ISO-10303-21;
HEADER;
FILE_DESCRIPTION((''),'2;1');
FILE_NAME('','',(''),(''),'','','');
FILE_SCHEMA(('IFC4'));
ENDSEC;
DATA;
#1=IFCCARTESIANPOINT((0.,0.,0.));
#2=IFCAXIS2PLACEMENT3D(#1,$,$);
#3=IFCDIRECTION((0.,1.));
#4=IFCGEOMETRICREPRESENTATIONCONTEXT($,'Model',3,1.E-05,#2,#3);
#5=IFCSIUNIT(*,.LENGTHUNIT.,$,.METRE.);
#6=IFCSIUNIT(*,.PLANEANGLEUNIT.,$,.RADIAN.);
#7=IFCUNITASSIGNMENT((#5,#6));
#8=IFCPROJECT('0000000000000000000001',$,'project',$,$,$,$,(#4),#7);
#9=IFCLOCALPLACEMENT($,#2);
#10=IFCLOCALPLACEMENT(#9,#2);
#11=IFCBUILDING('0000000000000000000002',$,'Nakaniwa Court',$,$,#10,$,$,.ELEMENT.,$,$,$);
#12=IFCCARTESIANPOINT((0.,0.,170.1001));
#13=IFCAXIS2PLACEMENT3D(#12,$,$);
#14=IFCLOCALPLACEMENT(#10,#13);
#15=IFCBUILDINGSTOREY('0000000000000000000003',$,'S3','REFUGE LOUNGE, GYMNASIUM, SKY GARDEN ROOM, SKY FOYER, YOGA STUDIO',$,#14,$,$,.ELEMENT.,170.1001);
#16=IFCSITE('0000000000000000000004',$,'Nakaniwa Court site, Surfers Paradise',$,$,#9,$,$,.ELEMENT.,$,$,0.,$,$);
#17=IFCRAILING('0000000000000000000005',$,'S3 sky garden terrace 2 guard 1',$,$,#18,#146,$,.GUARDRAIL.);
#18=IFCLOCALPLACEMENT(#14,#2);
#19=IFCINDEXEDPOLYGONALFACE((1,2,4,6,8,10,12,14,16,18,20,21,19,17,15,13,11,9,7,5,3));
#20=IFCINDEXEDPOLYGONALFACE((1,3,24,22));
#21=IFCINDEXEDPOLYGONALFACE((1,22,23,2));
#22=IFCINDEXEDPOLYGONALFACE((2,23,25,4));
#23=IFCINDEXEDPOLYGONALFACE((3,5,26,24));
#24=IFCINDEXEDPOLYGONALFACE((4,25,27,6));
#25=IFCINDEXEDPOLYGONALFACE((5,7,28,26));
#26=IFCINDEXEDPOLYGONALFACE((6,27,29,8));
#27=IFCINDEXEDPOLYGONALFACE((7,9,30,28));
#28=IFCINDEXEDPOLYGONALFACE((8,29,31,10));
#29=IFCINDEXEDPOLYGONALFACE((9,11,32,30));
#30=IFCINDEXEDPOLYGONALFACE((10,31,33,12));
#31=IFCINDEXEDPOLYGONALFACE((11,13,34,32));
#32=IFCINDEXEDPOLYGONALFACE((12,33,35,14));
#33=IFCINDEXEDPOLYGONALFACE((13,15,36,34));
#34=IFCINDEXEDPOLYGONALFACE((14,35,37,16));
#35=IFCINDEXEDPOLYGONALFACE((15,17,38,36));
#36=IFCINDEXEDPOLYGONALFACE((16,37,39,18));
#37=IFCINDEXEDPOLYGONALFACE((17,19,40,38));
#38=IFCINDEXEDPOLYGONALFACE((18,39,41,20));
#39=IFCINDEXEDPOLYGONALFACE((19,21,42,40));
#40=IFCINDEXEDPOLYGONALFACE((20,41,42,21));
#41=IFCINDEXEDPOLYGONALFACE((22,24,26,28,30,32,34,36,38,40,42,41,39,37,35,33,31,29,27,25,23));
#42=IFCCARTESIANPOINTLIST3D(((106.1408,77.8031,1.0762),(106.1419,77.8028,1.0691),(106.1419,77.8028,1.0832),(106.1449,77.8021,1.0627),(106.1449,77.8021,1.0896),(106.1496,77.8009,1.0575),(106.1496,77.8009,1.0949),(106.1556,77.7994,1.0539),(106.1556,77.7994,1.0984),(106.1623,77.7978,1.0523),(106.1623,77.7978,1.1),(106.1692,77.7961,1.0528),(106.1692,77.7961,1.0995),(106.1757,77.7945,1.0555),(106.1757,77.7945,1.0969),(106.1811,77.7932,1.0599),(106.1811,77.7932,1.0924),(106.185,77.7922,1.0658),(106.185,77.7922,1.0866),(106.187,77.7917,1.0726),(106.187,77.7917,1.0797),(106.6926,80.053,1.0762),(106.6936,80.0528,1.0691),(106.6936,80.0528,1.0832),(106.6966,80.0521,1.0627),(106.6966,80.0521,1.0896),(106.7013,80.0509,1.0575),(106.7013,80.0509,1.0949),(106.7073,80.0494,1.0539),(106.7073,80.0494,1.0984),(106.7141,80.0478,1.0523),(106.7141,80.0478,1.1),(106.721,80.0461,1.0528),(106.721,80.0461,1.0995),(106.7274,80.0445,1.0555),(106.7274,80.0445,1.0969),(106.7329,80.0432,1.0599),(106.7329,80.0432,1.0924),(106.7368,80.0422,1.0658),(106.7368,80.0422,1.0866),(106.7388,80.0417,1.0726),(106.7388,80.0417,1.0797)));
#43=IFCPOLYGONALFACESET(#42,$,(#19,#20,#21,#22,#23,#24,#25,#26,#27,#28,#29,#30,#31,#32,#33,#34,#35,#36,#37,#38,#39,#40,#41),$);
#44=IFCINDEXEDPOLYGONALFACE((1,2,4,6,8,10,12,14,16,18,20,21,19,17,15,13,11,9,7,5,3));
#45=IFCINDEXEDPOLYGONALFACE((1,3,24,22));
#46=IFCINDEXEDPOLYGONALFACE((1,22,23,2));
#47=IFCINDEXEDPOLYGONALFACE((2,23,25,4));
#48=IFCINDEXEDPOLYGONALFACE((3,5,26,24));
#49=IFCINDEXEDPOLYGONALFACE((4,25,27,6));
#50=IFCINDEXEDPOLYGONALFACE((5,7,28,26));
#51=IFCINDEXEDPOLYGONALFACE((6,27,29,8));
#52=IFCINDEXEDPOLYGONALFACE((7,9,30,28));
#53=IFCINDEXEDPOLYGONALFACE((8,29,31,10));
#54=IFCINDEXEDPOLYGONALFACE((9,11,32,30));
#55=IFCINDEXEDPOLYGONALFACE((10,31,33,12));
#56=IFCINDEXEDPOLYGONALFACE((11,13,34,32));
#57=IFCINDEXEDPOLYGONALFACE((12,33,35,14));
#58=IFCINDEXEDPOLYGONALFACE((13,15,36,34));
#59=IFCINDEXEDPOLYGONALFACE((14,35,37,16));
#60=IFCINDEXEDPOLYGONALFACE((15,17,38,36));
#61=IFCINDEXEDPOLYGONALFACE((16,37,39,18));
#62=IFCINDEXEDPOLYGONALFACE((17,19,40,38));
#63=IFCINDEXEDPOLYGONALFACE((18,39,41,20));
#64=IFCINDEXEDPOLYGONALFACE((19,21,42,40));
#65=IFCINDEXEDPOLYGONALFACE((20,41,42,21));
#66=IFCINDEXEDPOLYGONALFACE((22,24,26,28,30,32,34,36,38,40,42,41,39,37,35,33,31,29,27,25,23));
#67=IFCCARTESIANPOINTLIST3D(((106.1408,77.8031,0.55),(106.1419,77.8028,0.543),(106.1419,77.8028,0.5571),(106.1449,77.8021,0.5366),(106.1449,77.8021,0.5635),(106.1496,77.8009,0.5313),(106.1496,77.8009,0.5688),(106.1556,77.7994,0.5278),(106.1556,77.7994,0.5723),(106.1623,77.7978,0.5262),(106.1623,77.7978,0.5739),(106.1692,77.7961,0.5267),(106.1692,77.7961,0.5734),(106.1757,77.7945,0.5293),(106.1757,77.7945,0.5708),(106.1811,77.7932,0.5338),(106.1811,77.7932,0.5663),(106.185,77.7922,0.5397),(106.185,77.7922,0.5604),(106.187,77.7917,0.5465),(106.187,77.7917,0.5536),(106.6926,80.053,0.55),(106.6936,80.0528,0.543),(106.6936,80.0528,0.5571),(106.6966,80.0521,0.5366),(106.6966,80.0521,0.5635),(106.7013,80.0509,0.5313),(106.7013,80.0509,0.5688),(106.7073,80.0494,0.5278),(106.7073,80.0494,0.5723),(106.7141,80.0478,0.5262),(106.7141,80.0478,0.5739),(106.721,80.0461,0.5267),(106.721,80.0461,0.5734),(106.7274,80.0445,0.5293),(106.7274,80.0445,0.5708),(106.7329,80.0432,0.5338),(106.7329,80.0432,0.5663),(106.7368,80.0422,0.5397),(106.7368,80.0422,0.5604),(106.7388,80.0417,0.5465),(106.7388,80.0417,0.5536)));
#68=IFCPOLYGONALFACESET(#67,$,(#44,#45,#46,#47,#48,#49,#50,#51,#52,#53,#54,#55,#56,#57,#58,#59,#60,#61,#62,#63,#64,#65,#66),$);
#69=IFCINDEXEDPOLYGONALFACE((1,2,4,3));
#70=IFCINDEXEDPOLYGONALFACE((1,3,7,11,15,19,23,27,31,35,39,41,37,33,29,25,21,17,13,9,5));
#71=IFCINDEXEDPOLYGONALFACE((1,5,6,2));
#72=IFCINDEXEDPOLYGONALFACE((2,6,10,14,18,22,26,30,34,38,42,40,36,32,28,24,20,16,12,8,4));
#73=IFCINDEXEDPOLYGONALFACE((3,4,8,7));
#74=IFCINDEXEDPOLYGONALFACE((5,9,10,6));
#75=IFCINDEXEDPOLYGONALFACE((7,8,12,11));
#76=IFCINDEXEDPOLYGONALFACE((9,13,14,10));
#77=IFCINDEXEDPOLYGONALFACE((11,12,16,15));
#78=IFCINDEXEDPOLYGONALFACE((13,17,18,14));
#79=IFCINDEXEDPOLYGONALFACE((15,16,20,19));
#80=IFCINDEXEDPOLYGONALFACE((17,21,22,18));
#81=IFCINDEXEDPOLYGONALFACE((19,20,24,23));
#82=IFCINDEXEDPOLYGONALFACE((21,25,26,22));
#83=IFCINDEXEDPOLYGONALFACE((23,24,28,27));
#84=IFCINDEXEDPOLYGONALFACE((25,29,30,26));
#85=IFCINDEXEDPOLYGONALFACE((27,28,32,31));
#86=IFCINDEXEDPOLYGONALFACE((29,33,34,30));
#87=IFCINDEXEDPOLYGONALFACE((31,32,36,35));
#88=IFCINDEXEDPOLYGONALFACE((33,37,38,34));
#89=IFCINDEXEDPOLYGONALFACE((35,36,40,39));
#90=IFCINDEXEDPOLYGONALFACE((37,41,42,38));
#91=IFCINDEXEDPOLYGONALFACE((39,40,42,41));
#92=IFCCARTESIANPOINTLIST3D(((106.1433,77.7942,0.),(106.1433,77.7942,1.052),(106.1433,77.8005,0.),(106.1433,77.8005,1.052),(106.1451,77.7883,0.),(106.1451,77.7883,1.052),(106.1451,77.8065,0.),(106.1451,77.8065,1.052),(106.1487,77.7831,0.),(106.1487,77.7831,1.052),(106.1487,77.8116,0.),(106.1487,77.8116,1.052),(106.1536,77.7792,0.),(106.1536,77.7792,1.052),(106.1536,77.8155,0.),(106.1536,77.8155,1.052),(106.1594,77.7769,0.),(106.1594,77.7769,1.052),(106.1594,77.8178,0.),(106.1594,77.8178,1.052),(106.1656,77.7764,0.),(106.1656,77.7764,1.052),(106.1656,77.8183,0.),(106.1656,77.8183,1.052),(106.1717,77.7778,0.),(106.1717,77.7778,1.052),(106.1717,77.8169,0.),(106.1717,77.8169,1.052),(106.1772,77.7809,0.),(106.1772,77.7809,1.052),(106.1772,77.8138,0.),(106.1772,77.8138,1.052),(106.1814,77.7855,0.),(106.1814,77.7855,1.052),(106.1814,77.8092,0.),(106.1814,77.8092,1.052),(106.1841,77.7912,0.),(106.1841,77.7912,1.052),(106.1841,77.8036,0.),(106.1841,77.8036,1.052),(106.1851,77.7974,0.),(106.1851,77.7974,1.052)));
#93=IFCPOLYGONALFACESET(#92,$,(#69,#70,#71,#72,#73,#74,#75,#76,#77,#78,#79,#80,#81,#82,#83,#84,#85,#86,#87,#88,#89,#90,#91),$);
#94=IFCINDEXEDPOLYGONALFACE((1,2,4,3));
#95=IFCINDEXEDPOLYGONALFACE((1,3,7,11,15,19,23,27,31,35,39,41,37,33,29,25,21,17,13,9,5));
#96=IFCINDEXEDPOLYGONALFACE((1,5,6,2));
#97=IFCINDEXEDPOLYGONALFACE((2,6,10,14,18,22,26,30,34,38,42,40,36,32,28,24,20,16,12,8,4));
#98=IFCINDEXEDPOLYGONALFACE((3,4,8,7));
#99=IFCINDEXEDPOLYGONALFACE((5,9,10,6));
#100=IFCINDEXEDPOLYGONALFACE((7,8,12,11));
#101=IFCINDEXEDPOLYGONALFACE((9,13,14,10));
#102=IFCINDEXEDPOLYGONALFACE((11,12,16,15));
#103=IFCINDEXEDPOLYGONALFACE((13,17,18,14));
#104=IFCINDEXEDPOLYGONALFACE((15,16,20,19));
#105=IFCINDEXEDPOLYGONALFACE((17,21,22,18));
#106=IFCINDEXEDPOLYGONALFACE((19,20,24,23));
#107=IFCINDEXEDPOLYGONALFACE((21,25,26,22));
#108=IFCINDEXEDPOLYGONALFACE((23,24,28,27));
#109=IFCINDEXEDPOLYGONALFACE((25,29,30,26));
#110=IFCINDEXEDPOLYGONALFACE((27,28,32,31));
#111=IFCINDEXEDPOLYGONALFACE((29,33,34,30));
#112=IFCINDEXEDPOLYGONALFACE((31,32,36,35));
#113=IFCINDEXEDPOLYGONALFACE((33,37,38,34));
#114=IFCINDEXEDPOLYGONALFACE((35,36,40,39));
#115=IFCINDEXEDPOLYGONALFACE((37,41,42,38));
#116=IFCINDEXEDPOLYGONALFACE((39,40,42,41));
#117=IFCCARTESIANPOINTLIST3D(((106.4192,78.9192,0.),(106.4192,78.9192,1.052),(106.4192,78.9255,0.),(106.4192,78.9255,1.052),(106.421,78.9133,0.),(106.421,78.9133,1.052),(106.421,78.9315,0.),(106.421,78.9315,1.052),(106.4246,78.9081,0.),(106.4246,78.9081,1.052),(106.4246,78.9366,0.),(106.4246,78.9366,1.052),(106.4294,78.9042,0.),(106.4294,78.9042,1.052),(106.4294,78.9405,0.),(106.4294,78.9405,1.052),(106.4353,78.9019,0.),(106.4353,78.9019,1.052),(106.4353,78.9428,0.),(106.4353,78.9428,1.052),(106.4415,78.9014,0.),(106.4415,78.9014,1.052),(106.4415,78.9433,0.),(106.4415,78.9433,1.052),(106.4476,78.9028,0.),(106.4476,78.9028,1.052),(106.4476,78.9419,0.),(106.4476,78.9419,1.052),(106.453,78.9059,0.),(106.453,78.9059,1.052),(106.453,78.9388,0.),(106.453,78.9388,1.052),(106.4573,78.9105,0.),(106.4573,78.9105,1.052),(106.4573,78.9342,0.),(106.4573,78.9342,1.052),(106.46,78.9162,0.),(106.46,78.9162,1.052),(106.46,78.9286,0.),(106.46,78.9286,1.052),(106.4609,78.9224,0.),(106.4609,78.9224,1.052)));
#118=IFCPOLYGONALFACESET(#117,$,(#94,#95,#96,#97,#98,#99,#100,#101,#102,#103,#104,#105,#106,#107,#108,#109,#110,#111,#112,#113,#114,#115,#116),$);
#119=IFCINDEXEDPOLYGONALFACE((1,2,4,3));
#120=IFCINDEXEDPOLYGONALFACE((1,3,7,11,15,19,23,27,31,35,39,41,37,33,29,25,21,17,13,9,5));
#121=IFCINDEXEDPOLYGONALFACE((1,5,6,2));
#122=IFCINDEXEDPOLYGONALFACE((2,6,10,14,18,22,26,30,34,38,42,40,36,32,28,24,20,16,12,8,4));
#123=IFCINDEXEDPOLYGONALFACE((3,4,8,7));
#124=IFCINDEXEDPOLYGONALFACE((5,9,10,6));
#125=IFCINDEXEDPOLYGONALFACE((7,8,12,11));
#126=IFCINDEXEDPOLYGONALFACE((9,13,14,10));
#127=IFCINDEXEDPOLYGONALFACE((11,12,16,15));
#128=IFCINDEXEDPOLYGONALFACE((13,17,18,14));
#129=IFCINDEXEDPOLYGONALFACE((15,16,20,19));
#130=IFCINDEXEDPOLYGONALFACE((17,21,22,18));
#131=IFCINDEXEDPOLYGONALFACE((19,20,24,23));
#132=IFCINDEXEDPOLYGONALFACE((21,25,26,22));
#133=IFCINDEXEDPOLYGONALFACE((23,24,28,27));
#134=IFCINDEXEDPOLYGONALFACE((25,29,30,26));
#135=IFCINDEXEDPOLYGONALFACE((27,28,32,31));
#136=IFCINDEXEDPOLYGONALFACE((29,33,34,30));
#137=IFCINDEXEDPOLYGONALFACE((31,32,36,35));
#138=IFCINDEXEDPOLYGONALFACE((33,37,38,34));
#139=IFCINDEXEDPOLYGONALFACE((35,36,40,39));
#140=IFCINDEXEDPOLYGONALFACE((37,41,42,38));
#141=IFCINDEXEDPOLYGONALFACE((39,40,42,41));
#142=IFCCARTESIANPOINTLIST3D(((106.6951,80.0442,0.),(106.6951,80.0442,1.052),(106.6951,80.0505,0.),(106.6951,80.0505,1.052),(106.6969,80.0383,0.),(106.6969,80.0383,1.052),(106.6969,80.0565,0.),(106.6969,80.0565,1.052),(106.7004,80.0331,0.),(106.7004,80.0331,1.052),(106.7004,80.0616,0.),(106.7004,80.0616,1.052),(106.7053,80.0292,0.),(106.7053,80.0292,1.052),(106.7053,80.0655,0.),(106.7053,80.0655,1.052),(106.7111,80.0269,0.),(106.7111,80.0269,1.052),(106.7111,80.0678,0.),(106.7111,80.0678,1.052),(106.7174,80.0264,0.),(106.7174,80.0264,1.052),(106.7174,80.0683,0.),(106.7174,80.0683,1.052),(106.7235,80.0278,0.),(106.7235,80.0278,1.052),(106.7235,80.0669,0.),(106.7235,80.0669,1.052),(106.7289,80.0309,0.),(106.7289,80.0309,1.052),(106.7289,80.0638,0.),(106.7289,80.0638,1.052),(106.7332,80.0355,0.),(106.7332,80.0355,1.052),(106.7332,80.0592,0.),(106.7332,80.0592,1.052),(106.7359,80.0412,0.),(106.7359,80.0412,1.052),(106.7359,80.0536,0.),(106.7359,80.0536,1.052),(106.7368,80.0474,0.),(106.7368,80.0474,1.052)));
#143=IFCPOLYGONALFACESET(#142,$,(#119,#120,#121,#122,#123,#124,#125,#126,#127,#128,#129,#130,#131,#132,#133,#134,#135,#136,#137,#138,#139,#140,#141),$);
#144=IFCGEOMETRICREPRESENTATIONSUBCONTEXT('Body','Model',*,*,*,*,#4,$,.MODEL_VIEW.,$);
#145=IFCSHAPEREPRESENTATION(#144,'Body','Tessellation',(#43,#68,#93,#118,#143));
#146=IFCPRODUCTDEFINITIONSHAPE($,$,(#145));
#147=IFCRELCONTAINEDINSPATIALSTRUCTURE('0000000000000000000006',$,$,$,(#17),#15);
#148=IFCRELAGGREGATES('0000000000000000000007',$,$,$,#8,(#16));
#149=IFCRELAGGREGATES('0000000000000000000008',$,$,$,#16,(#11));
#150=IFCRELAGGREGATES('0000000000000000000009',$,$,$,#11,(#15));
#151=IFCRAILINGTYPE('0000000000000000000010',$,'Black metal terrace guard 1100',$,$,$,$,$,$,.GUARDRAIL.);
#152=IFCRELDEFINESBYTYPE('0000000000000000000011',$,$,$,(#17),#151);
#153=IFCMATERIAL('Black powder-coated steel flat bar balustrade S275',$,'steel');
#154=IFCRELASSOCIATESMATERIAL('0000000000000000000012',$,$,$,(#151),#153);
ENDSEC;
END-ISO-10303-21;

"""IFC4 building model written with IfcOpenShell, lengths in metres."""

from ifc_helpers import new_model, si_unit, direction, frame, origin, origin_2d, place, context, subcontext, project, spatial, circle, extrude, material, type_object, element, save


model = new_model("IFC4")

# Units and contexts
model_context = context("Model", 3, precision=1e-05, world=origin(), true_north=direction((0.0, 1.0)))
body_context = subcontext(model_context, "Body", "Model", "MODEL_VIEW")
ifc_project = project(units=[si_unit("LENGTHUNIT", "METRE"), si_unit("PLANEANGLEUNIT", "RADIAN")], contexts=[model_context])

# Site, building, storey
site_placement = place(None, origin())
site = spatial("IfcSite", under=ifc_project, at=site_placement, Name="Nakaniwa Court site, Surfers Paradise", CompositionType="ELEMENT", RefElevation=0.0)
building_placement = place(site_placement, origin())
building = spatial("IfcBuilding", under=site, at=building_placement, Name="Nakaniwa Court", CompositionType="ELEMENT")
storey_placement = place(building_placement, frame((0.0, 0.0, 170.1001)))
storey = spatial("IfcBuildingStorey", under=building, at=storey_placement, Name="S3", Description="REFUGE LOUNGE, GYMNASIUM, SKY GARDEN ROOM, SKY FOYER, YOGA STUDIO", CompositionType="ELEMENT", Elevation=170.1001)

# Railing
ifc_material_1 = material(Name="Black powder-coated steel flat bar balustrade S275", Category="steel")
railing_type = type_object("IfcRailingType", Name="Black metal terrace guard 1100", PredefinedType="GUARDRAIL", material=ifc_material_1)
railing_1_placement = place(storey_placement, frame((106.1641, 77.7974, 0.0)))
element("IfcRailing", 1, at=railing_1_placement, inside=storey, type_object=railing_type, Name="S3 sky garden terrace 2 guard 1", PredefinedType="GUARDRAIL", context=body_context, shape_type="SweptSolid", body=[
    extrude(circle(Radius=0.0239, at=origin_2d()), frame((0.0, 0.0, 1.0762), z_axis=(0.238169, 0.971224, 0.0), x_axis=(-0.971224, 0.238169, 0.0)), (0.0, 0.0, 1.0), 2.3167),
    extrude(circle(Radius=0.0239, at=origin_2d()), frame((0.0, 0.0, 0.55), z_axis=(0.238169, 0.971224, 0.0), x_axis=(-0.971224, 0.238169, 0.0)), (0.0, 0.0, 1.0), 2.3167),
    extrude(circle(Radius=0.021, at=origin_2d()), origin(), (0.0, 0.0, 1.0), 1.052),
    extrude(circle(Radius=0.021, at=origin_2d()), frame((0.2759, 1.125, 0.0)), (0.0, 0.0, 1.0), 1.052),
    extrude(circle(Radius=0.021, at=origin_2d()), frame((0.5518, 2.25, 0.0)), (0.0, 0.0, 1.0), 1.052),
])

save(model, "model.ifc")
